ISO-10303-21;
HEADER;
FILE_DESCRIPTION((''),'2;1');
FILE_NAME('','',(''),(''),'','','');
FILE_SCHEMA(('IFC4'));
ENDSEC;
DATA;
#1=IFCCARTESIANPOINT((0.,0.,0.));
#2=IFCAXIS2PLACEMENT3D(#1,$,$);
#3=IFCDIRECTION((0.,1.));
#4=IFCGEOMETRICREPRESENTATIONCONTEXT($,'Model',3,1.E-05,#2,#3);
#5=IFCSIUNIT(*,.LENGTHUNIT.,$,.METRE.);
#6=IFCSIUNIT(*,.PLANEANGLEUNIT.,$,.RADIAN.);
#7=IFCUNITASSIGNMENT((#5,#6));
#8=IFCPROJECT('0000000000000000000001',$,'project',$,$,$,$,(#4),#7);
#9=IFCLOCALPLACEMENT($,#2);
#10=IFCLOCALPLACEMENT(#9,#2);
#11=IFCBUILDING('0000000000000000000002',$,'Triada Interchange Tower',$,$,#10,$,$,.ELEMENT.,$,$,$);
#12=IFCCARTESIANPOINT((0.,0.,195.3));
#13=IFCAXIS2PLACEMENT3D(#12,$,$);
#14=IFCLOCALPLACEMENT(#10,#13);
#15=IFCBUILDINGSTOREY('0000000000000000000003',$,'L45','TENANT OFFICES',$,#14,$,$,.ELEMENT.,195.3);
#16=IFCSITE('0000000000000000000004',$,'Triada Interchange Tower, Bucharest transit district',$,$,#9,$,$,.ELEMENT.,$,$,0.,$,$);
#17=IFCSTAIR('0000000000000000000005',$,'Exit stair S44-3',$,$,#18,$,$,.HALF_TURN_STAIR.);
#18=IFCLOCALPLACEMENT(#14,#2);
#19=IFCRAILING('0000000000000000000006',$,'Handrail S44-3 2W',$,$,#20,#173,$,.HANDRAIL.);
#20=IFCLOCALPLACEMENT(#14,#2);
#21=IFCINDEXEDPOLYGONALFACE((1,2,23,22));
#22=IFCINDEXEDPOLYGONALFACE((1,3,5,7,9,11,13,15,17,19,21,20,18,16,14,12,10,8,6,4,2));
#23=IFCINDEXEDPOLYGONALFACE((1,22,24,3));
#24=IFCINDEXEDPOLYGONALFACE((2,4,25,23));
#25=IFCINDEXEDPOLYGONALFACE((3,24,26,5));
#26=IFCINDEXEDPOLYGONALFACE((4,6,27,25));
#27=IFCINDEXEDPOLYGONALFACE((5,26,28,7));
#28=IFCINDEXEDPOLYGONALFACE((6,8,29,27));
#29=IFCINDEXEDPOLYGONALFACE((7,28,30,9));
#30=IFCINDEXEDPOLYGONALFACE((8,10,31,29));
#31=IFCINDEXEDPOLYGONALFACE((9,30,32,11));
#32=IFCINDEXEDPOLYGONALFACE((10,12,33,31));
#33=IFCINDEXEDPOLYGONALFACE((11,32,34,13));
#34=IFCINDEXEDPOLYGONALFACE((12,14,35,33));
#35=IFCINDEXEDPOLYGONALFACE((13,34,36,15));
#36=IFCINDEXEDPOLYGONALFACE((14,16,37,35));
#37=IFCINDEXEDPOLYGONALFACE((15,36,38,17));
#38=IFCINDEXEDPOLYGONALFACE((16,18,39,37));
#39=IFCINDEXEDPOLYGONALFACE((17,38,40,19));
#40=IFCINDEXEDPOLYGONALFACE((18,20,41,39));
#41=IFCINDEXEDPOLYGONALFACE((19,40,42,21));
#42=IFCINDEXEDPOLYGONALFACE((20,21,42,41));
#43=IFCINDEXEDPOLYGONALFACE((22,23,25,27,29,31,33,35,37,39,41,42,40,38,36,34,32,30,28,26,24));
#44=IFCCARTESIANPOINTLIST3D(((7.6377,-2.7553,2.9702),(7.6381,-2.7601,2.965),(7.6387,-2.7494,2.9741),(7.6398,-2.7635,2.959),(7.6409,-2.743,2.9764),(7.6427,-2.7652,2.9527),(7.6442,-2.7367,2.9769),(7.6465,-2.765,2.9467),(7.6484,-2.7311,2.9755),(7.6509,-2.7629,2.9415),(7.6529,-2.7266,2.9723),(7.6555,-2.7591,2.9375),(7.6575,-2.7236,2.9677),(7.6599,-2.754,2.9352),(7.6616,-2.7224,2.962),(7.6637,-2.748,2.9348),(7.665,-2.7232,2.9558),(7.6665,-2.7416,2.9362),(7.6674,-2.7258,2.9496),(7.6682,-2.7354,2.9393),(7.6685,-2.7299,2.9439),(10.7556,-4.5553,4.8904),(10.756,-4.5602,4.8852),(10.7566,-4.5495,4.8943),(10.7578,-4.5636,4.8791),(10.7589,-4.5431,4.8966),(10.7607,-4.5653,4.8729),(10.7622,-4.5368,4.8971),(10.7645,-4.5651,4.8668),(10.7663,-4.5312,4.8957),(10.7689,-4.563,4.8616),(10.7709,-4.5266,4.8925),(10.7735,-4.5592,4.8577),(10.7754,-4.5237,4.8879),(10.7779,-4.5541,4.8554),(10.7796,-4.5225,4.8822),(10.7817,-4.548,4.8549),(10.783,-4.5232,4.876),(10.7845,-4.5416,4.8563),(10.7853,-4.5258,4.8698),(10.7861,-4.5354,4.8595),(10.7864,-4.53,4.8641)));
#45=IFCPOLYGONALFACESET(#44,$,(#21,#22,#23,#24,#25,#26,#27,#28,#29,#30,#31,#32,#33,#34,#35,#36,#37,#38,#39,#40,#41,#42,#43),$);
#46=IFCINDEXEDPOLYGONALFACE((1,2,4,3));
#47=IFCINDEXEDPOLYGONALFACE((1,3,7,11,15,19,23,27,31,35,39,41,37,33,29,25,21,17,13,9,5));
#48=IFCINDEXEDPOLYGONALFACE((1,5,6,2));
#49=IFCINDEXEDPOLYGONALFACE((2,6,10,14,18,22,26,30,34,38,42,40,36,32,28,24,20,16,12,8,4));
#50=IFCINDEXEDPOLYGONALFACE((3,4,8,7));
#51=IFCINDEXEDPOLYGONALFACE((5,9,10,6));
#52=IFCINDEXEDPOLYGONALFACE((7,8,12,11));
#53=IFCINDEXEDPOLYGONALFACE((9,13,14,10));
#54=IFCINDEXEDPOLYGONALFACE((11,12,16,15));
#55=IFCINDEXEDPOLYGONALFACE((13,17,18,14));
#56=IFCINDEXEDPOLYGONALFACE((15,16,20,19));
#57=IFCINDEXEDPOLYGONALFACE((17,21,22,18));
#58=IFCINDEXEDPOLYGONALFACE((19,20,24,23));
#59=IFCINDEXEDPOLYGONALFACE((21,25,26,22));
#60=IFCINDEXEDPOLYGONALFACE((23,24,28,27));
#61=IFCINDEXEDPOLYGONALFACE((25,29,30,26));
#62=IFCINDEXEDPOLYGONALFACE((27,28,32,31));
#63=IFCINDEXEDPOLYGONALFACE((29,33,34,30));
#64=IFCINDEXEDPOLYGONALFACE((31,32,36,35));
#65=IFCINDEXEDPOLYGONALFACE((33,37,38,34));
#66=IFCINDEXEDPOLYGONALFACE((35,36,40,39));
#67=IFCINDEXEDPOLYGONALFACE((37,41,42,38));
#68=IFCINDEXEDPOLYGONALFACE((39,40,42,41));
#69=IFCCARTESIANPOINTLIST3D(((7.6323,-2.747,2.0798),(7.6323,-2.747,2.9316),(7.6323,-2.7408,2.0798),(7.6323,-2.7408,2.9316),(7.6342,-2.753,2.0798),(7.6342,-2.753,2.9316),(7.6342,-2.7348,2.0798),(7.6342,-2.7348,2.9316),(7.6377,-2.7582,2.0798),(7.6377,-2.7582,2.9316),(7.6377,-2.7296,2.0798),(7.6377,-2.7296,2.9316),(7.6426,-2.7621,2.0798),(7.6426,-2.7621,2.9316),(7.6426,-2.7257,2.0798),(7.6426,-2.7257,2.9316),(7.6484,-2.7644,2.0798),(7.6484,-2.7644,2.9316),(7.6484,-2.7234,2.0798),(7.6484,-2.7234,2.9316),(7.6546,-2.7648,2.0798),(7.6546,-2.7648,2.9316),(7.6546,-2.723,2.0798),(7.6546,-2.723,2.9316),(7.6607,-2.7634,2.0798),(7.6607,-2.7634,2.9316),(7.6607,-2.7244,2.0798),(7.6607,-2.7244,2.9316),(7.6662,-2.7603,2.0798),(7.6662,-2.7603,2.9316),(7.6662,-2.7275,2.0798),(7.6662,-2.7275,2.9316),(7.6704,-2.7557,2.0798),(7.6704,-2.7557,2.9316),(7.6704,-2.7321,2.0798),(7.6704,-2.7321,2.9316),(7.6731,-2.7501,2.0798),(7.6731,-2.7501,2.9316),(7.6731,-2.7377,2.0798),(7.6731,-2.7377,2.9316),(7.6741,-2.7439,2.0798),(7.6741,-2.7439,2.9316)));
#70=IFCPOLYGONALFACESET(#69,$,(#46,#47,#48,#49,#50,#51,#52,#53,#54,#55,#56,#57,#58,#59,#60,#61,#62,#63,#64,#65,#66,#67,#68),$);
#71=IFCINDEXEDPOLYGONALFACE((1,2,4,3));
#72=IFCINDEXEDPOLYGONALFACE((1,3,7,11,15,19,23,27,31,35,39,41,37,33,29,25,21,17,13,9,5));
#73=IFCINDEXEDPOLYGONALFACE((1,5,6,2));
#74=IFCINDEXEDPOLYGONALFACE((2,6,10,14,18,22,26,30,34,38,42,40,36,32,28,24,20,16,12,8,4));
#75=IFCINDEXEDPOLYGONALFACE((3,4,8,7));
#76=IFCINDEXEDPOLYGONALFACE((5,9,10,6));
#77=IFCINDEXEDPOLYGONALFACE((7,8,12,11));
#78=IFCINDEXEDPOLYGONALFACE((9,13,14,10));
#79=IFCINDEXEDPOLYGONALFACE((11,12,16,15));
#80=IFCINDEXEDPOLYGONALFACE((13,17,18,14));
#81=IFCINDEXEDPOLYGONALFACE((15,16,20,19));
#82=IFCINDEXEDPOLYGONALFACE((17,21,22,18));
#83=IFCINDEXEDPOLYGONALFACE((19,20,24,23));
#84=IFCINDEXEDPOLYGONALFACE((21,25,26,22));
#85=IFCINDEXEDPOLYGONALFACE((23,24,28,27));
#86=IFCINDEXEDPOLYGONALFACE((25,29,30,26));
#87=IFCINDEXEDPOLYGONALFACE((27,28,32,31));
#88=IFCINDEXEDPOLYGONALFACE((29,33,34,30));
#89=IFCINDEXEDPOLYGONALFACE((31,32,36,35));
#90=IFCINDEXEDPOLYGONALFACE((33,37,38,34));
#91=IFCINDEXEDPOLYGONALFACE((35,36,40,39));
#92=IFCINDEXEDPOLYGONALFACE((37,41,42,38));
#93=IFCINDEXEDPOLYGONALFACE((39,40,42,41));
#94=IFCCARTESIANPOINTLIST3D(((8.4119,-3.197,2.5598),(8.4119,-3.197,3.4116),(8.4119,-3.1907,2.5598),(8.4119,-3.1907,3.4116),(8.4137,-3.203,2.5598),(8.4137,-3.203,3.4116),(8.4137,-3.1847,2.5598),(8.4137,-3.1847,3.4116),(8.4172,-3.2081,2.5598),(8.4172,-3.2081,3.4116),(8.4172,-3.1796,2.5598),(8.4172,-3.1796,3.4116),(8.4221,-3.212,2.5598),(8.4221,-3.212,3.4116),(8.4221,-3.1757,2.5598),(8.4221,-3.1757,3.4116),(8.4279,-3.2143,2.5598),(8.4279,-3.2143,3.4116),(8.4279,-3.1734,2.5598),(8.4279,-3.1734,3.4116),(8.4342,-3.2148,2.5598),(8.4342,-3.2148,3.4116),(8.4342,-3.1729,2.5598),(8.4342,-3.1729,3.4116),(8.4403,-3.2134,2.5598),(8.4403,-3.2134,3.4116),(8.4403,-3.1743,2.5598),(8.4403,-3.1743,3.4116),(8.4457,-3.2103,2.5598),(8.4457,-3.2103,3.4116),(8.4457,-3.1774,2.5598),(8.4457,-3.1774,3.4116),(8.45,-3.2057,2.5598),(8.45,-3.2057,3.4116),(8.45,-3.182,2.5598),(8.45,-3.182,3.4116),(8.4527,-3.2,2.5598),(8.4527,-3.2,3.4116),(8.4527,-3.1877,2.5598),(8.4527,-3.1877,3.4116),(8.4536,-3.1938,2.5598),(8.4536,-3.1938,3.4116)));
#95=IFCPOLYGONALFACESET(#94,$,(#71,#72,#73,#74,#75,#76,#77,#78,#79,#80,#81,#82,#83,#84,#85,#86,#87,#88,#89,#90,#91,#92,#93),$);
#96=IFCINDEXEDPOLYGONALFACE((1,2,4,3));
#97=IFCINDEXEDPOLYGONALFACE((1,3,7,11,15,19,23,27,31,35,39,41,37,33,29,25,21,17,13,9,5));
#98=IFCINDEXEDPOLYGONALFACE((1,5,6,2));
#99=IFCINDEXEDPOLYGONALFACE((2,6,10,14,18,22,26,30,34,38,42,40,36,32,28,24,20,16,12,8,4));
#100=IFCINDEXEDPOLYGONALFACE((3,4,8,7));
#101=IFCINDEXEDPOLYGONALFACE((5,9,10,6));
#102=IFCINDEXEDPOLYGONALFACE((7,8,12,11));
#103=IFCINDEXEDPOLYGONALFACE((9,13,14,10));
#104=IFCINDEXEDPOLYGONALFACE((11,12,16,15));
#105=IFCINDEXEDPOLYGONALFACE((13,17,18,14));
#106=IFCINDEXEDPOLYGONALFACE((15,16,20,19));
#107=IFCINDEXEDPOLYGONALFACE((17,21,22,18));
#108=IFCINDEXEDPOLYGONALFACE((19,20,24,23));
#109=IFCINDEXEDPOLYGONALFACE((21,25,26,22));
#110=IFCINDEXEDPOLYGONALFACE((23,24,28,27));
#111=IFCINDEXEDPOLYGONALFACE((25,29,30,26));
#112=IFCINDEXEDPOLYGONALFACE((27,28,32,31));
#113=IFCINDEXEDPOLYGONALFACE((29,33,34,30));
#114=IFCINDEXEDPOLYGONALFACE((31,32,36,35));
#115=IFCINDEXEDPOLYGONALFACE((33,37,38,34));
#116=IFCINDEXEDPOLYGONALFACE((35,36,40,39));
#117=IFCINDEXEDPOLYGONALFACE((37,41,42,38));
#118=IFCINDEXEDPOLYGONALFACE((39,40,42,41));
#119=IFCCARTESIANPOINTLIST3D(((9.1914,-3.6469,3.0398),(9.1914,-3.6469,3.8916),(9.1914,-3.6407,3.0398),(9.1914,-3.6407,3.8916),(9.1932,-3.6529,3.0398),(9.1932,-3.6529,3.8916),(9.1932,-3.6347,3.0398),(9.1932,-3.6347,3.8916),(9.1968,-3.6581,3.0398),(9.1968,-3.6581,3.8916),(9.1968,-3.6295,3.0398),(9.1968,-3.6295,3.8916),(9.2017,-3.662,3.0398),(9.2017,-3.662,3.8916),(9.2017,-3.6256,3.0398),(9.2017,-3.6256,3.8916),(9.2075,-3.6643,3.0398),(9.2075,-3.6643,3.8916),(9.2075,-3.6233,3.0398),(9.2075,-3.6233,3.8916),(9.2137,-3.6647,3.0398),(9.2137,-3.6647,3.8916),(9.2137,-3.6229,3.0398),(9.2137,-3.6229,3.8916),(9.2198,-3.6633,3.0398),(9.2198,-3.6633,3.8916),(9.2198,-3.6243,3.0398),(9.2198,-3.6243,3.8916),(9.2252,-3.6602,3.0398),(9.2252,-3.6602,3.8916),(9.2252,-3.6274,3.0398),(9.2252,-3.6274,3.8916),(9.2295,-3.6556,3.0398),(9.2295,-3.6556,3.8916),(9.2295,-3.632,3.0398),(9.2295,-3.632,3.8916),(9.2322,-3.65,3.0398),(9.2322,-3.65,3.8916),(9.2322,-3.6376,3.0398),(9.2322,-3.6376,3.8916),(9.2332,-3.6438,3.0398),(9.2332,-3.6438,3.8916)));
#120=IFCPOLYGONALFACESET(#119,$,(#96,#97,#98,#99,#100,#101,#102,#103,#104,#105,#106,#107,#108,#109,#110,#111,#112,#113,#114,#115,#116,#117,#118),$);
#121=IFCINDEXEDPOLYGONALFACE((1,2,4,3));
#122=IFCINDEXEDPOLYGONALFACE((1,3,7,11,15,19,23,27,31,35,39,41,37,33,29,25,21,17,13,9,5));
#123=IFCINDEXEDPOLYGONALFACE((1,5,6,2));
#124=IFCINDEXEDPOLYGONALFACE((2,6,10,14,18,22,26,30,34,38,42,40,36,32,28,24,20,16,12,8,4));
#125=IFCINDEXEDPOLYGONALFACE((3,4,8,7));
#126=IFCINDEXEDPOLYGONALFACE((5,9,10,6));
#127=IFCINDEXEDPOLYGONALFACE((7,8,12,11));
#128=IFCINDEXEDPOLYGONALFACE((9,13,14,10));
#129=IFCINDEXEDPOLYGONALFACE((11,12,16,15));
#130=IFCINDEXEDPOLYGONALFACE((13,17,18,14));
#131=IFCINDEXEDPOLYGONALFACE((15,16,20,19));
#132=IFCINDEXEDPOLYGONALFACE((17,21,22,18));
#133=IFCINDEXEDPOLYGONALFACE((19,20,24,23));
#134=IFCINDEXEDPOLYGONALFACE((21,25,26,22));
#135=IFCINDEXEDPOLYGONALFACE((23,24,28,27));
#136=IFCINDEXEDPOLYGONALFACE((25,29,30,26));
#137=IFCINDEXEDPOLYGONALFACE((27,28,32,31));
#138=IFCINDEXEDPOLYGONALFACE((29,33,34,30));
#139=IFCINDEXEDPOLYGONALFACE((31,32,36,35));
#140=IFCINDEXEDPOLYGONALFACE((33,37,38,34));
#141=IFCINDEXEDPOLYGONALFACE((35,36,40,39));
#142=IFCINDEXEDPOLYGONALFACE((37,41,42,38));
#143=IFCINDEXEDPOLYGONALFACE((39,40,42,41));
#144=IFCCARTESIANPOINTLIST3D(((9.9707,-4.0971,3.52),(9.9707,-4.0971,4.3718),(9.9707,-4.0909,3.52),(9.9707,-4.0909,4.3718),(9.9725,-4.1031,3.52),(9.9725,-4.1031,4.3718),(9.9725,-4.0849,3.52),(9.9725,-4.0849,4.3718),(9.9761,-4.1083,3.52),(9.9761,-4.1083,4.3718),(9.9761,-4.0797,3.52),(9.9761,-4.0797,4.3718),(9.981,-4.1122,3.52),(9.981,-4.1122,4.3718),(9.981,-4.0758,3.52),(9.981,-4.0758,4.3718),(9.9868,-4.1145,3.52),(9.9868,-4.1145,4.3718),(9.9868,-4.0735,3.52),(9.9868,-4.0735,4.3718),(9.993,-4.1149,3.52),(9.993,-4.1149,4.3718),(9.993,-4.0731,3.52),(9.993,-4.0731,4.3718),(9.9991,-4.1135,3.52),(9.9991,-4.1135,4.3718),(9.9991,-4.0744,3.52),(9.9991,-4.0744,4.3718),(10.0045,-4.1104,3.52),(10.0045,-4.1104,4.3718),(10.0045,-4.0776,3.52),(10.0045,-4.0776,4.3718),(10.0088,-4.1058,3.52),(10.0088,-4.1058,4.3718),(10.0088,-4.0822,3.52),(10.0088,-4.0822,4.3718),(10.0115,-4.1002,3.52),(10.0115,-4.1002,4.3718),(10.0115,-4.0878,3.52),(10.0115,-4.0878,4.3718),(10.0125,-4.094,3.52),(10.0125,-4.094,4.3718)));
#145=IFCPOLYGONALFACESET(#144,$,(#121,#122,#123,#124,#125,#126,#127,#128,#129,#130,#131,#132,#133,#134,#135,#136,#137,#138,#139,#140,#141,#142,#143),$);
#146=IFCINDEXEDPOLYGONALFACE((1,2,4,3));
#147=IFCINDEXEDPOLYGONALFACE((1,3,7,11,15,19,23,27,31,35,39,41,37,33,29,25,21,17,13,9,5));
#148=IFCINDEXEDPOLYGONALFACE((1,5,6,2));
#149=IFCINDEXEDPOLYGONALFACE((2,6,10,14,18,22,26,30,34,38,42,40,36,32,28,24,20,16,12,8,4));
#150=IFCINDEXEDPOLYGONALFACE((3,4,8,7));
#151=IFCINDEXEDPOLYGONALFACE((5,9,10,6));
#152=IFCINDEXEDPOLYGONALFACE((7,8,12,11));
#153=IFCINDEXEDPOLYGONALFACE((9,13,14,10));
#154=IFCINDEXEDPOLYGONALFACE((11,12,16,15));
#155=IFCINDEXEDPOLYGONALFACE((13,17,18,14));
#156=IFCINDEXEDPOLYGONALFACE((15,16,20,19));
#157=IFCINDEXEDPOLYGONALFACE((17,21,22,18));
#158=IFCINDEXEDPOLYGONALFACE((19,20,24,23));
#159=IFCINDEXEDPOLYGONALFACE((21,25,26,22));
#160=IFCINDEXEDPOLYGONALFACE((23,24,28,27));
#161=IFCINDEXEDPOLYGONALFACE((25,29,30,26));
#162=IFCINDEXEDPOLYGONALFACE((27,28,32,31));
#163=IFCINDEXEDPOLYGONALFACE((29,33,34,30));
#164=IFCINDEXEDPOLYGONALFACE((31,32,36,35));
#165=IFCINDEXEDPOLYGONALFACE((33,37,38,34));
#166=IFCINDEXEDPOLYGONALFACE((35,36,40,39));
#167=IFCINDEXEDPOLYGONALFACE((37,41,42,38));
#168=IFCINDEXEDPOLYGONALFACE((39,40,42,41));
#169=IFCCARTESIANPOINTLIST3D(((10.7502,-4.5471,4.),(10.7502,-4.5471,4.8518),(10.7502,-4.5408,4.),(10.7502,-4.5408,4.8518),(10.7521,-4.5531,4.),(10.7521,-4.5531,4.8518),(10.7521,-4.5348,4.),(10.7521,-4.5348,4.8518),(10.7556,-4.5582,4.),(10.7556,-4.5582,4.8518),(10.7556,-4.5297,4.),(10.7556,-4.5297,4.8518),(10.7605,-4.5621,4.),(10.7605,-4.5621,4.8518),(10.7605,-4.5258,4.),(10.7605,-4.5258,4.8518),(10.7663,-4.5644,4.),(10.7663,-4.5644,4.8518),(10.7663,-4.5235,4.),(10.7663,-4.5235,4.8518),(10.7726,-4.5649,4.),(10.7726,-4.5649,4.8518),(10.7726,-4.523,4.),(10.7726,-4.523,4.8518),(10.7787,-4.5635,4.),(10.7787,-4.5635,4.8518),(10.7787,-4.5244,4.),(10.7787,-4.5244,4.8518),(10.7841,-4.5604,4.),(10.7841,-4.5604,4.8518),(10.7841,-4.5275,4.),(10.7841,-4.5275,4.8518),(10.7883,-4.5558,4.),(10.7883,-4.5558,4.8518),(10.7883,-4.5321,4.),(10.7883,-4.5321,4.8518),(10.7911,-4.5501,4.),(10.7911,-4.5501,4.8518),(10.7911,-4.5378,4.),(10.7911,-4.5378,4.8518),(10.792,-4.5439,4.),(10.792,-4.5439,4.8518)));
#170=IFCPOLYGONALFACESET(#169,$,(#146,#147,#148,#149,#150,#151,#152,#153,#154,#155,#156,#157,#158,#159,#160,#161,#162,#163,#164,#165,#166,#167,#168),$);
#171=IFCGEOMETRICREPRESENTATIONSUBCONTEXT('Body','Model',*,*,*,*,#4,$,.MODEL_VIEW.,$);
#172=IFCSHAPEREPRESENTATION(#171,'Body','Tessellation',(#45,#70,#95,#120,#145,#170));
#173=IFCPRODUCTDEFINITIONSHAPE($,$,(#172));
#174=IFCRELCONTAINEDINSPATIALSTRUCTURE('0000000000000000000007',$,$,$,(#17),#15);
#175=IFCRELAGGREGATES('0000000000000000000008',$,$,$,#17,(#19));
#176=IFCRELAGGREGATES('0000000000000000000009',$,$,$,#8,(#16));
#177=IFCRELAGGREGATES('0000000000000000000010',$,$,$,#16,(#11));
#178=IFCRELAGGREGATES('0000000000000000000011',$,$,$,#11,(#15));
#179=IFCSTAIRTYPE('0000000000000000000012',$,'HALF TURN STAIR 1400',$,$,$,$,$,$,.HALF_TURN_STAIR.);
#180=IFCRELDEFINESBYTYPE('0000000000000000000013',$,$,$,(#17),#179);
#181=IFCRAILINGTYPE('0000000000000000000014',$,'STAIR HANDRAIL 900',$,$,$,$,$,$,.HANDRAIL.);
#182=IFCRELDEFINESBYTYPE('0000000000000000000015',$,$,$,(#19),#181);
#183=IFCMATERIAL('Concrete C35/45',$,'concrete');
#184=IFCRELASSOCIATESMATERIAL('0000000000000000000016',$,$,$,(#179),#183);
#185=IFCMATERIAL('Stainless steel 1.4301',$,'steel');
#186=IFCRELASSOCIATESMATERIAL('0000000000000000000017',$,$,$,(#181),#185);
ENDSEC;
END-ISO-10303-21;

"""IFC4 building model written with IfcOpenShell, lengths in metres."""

from ifc_helpers import new_model, si_unit, direction, frame, origin, origin_2d, place, context, subcontext, project, spatial, circle, extrude, material, type_object, element, aggregate, save


model = new_model("IFC4")

# Units and contexts
model_context = context("Model", 3, precision=1e-05, world=origin(), true_north=direction((0.0, 1.0)))
body_context = subcontext(model_context, "Body", "Model", "MODEL_VIEW")
ifc_project = project(units=[si_unit("LENGTHUNIT", "METRE"), si_unit("PLANEANGLEUNIT", "RADIAN")], contexts=[model_context])

# Site, building, storey
site_placement = place(None, origin())
site = spatial("IfcSite", under=ifc_project, at=site_placement, Name="Triada Interchange Tower, Bucharest transit district", CompositionType="ELEMENT", RefElevation=0.0)
building_placement = place(site_placement, origin())
building = spatial("IfcBuilding", under=site, at=building_placement, Name="Triada Interchange Tower", CompositionType="ELEMENT")
storey_placement = place(building_placement, frame((0.0, 0.0, 195.3)))
storey = spatial("IfcBuildingStorey", under=building, at=storey_placement, Name="L45", Description="TENANT OFFICES", CompositionType="ELEMENT", Elevation=195.3)

# Stair, railing
ifc_material_1 = material(Name="Concrete C35/45", Category="concrete")
stair_type = type_object("IfcStairType", Name="HALF TURN STAIR 1400", PredefinedType="HALF_TURN_STAIR", material=ifc_material_1)
stair_placement = place(storey_placement, origin())
stair = element("IfcStair", 1, at=stair_placement, inside=storey, type_object=stair_type, Name="Exit stair S44-3", PredefinedType="HALF_TURN_STAIR")
ifc_material_2 = material(Name="Stainless steel 1.4301", Category="steel")
railing_type = type_object("IfcRailingType", Name="STAIR HANDRAIL 900", PredefinedType="HANDRAIL", material=ifc_material_2)
railing_1_placement = place(storey_placement, frame((7.6531, -2.7439, 2.0798)))
railing_1 = element("IfcRailing", 2, at=railing_1_placement, type_object=railing_type, Name="Handrail S44-3 2W", PredefinedType="HANDRAIL", context=body_context, shape_type="SweptSolid", body=[
    extrude(circle(Radius=0.0239, at=origin_2d()), frame((0.0, 0.0, 0.876), z_axis=(0.764145, -0.441159, 0.470597), x_axis=(0.499983, 0.866035, 0.0)), (0.0, 0.0, 1.0), 4.0803),
    extrude(circle(Radius=0.021, at=origin_2d()), origin(), (0.0, 0.0, 1.0), 0.8518),
    extrude(circle(Radius=0.021, at=origin_2d()), frame((0.7795, -0.45, 0.48)), (0.0, 0.0, 1.0), 0.8518),
    extrude(circle(Radius=0.021, at=origin_2d()), frame((1.5591, -0.8999, 0.96)), (0.0, 0.0, 1.0), 0.8518),
    extrude(circle(Radius=0.021, at=origin_2d()), frame((2.3384, -1.3501, 1.4402)), (0.0, 0.0, 1.0), 0.8518),
    extrude(circle(Radius=0.021, at=origin_2d()), frame((3.1179, -1.8, 1.9202)), (0.0, 0.0, 1.0), 0.8518),
])
aggregate(stair, [railing_1])

save(model, "model.ifc")
